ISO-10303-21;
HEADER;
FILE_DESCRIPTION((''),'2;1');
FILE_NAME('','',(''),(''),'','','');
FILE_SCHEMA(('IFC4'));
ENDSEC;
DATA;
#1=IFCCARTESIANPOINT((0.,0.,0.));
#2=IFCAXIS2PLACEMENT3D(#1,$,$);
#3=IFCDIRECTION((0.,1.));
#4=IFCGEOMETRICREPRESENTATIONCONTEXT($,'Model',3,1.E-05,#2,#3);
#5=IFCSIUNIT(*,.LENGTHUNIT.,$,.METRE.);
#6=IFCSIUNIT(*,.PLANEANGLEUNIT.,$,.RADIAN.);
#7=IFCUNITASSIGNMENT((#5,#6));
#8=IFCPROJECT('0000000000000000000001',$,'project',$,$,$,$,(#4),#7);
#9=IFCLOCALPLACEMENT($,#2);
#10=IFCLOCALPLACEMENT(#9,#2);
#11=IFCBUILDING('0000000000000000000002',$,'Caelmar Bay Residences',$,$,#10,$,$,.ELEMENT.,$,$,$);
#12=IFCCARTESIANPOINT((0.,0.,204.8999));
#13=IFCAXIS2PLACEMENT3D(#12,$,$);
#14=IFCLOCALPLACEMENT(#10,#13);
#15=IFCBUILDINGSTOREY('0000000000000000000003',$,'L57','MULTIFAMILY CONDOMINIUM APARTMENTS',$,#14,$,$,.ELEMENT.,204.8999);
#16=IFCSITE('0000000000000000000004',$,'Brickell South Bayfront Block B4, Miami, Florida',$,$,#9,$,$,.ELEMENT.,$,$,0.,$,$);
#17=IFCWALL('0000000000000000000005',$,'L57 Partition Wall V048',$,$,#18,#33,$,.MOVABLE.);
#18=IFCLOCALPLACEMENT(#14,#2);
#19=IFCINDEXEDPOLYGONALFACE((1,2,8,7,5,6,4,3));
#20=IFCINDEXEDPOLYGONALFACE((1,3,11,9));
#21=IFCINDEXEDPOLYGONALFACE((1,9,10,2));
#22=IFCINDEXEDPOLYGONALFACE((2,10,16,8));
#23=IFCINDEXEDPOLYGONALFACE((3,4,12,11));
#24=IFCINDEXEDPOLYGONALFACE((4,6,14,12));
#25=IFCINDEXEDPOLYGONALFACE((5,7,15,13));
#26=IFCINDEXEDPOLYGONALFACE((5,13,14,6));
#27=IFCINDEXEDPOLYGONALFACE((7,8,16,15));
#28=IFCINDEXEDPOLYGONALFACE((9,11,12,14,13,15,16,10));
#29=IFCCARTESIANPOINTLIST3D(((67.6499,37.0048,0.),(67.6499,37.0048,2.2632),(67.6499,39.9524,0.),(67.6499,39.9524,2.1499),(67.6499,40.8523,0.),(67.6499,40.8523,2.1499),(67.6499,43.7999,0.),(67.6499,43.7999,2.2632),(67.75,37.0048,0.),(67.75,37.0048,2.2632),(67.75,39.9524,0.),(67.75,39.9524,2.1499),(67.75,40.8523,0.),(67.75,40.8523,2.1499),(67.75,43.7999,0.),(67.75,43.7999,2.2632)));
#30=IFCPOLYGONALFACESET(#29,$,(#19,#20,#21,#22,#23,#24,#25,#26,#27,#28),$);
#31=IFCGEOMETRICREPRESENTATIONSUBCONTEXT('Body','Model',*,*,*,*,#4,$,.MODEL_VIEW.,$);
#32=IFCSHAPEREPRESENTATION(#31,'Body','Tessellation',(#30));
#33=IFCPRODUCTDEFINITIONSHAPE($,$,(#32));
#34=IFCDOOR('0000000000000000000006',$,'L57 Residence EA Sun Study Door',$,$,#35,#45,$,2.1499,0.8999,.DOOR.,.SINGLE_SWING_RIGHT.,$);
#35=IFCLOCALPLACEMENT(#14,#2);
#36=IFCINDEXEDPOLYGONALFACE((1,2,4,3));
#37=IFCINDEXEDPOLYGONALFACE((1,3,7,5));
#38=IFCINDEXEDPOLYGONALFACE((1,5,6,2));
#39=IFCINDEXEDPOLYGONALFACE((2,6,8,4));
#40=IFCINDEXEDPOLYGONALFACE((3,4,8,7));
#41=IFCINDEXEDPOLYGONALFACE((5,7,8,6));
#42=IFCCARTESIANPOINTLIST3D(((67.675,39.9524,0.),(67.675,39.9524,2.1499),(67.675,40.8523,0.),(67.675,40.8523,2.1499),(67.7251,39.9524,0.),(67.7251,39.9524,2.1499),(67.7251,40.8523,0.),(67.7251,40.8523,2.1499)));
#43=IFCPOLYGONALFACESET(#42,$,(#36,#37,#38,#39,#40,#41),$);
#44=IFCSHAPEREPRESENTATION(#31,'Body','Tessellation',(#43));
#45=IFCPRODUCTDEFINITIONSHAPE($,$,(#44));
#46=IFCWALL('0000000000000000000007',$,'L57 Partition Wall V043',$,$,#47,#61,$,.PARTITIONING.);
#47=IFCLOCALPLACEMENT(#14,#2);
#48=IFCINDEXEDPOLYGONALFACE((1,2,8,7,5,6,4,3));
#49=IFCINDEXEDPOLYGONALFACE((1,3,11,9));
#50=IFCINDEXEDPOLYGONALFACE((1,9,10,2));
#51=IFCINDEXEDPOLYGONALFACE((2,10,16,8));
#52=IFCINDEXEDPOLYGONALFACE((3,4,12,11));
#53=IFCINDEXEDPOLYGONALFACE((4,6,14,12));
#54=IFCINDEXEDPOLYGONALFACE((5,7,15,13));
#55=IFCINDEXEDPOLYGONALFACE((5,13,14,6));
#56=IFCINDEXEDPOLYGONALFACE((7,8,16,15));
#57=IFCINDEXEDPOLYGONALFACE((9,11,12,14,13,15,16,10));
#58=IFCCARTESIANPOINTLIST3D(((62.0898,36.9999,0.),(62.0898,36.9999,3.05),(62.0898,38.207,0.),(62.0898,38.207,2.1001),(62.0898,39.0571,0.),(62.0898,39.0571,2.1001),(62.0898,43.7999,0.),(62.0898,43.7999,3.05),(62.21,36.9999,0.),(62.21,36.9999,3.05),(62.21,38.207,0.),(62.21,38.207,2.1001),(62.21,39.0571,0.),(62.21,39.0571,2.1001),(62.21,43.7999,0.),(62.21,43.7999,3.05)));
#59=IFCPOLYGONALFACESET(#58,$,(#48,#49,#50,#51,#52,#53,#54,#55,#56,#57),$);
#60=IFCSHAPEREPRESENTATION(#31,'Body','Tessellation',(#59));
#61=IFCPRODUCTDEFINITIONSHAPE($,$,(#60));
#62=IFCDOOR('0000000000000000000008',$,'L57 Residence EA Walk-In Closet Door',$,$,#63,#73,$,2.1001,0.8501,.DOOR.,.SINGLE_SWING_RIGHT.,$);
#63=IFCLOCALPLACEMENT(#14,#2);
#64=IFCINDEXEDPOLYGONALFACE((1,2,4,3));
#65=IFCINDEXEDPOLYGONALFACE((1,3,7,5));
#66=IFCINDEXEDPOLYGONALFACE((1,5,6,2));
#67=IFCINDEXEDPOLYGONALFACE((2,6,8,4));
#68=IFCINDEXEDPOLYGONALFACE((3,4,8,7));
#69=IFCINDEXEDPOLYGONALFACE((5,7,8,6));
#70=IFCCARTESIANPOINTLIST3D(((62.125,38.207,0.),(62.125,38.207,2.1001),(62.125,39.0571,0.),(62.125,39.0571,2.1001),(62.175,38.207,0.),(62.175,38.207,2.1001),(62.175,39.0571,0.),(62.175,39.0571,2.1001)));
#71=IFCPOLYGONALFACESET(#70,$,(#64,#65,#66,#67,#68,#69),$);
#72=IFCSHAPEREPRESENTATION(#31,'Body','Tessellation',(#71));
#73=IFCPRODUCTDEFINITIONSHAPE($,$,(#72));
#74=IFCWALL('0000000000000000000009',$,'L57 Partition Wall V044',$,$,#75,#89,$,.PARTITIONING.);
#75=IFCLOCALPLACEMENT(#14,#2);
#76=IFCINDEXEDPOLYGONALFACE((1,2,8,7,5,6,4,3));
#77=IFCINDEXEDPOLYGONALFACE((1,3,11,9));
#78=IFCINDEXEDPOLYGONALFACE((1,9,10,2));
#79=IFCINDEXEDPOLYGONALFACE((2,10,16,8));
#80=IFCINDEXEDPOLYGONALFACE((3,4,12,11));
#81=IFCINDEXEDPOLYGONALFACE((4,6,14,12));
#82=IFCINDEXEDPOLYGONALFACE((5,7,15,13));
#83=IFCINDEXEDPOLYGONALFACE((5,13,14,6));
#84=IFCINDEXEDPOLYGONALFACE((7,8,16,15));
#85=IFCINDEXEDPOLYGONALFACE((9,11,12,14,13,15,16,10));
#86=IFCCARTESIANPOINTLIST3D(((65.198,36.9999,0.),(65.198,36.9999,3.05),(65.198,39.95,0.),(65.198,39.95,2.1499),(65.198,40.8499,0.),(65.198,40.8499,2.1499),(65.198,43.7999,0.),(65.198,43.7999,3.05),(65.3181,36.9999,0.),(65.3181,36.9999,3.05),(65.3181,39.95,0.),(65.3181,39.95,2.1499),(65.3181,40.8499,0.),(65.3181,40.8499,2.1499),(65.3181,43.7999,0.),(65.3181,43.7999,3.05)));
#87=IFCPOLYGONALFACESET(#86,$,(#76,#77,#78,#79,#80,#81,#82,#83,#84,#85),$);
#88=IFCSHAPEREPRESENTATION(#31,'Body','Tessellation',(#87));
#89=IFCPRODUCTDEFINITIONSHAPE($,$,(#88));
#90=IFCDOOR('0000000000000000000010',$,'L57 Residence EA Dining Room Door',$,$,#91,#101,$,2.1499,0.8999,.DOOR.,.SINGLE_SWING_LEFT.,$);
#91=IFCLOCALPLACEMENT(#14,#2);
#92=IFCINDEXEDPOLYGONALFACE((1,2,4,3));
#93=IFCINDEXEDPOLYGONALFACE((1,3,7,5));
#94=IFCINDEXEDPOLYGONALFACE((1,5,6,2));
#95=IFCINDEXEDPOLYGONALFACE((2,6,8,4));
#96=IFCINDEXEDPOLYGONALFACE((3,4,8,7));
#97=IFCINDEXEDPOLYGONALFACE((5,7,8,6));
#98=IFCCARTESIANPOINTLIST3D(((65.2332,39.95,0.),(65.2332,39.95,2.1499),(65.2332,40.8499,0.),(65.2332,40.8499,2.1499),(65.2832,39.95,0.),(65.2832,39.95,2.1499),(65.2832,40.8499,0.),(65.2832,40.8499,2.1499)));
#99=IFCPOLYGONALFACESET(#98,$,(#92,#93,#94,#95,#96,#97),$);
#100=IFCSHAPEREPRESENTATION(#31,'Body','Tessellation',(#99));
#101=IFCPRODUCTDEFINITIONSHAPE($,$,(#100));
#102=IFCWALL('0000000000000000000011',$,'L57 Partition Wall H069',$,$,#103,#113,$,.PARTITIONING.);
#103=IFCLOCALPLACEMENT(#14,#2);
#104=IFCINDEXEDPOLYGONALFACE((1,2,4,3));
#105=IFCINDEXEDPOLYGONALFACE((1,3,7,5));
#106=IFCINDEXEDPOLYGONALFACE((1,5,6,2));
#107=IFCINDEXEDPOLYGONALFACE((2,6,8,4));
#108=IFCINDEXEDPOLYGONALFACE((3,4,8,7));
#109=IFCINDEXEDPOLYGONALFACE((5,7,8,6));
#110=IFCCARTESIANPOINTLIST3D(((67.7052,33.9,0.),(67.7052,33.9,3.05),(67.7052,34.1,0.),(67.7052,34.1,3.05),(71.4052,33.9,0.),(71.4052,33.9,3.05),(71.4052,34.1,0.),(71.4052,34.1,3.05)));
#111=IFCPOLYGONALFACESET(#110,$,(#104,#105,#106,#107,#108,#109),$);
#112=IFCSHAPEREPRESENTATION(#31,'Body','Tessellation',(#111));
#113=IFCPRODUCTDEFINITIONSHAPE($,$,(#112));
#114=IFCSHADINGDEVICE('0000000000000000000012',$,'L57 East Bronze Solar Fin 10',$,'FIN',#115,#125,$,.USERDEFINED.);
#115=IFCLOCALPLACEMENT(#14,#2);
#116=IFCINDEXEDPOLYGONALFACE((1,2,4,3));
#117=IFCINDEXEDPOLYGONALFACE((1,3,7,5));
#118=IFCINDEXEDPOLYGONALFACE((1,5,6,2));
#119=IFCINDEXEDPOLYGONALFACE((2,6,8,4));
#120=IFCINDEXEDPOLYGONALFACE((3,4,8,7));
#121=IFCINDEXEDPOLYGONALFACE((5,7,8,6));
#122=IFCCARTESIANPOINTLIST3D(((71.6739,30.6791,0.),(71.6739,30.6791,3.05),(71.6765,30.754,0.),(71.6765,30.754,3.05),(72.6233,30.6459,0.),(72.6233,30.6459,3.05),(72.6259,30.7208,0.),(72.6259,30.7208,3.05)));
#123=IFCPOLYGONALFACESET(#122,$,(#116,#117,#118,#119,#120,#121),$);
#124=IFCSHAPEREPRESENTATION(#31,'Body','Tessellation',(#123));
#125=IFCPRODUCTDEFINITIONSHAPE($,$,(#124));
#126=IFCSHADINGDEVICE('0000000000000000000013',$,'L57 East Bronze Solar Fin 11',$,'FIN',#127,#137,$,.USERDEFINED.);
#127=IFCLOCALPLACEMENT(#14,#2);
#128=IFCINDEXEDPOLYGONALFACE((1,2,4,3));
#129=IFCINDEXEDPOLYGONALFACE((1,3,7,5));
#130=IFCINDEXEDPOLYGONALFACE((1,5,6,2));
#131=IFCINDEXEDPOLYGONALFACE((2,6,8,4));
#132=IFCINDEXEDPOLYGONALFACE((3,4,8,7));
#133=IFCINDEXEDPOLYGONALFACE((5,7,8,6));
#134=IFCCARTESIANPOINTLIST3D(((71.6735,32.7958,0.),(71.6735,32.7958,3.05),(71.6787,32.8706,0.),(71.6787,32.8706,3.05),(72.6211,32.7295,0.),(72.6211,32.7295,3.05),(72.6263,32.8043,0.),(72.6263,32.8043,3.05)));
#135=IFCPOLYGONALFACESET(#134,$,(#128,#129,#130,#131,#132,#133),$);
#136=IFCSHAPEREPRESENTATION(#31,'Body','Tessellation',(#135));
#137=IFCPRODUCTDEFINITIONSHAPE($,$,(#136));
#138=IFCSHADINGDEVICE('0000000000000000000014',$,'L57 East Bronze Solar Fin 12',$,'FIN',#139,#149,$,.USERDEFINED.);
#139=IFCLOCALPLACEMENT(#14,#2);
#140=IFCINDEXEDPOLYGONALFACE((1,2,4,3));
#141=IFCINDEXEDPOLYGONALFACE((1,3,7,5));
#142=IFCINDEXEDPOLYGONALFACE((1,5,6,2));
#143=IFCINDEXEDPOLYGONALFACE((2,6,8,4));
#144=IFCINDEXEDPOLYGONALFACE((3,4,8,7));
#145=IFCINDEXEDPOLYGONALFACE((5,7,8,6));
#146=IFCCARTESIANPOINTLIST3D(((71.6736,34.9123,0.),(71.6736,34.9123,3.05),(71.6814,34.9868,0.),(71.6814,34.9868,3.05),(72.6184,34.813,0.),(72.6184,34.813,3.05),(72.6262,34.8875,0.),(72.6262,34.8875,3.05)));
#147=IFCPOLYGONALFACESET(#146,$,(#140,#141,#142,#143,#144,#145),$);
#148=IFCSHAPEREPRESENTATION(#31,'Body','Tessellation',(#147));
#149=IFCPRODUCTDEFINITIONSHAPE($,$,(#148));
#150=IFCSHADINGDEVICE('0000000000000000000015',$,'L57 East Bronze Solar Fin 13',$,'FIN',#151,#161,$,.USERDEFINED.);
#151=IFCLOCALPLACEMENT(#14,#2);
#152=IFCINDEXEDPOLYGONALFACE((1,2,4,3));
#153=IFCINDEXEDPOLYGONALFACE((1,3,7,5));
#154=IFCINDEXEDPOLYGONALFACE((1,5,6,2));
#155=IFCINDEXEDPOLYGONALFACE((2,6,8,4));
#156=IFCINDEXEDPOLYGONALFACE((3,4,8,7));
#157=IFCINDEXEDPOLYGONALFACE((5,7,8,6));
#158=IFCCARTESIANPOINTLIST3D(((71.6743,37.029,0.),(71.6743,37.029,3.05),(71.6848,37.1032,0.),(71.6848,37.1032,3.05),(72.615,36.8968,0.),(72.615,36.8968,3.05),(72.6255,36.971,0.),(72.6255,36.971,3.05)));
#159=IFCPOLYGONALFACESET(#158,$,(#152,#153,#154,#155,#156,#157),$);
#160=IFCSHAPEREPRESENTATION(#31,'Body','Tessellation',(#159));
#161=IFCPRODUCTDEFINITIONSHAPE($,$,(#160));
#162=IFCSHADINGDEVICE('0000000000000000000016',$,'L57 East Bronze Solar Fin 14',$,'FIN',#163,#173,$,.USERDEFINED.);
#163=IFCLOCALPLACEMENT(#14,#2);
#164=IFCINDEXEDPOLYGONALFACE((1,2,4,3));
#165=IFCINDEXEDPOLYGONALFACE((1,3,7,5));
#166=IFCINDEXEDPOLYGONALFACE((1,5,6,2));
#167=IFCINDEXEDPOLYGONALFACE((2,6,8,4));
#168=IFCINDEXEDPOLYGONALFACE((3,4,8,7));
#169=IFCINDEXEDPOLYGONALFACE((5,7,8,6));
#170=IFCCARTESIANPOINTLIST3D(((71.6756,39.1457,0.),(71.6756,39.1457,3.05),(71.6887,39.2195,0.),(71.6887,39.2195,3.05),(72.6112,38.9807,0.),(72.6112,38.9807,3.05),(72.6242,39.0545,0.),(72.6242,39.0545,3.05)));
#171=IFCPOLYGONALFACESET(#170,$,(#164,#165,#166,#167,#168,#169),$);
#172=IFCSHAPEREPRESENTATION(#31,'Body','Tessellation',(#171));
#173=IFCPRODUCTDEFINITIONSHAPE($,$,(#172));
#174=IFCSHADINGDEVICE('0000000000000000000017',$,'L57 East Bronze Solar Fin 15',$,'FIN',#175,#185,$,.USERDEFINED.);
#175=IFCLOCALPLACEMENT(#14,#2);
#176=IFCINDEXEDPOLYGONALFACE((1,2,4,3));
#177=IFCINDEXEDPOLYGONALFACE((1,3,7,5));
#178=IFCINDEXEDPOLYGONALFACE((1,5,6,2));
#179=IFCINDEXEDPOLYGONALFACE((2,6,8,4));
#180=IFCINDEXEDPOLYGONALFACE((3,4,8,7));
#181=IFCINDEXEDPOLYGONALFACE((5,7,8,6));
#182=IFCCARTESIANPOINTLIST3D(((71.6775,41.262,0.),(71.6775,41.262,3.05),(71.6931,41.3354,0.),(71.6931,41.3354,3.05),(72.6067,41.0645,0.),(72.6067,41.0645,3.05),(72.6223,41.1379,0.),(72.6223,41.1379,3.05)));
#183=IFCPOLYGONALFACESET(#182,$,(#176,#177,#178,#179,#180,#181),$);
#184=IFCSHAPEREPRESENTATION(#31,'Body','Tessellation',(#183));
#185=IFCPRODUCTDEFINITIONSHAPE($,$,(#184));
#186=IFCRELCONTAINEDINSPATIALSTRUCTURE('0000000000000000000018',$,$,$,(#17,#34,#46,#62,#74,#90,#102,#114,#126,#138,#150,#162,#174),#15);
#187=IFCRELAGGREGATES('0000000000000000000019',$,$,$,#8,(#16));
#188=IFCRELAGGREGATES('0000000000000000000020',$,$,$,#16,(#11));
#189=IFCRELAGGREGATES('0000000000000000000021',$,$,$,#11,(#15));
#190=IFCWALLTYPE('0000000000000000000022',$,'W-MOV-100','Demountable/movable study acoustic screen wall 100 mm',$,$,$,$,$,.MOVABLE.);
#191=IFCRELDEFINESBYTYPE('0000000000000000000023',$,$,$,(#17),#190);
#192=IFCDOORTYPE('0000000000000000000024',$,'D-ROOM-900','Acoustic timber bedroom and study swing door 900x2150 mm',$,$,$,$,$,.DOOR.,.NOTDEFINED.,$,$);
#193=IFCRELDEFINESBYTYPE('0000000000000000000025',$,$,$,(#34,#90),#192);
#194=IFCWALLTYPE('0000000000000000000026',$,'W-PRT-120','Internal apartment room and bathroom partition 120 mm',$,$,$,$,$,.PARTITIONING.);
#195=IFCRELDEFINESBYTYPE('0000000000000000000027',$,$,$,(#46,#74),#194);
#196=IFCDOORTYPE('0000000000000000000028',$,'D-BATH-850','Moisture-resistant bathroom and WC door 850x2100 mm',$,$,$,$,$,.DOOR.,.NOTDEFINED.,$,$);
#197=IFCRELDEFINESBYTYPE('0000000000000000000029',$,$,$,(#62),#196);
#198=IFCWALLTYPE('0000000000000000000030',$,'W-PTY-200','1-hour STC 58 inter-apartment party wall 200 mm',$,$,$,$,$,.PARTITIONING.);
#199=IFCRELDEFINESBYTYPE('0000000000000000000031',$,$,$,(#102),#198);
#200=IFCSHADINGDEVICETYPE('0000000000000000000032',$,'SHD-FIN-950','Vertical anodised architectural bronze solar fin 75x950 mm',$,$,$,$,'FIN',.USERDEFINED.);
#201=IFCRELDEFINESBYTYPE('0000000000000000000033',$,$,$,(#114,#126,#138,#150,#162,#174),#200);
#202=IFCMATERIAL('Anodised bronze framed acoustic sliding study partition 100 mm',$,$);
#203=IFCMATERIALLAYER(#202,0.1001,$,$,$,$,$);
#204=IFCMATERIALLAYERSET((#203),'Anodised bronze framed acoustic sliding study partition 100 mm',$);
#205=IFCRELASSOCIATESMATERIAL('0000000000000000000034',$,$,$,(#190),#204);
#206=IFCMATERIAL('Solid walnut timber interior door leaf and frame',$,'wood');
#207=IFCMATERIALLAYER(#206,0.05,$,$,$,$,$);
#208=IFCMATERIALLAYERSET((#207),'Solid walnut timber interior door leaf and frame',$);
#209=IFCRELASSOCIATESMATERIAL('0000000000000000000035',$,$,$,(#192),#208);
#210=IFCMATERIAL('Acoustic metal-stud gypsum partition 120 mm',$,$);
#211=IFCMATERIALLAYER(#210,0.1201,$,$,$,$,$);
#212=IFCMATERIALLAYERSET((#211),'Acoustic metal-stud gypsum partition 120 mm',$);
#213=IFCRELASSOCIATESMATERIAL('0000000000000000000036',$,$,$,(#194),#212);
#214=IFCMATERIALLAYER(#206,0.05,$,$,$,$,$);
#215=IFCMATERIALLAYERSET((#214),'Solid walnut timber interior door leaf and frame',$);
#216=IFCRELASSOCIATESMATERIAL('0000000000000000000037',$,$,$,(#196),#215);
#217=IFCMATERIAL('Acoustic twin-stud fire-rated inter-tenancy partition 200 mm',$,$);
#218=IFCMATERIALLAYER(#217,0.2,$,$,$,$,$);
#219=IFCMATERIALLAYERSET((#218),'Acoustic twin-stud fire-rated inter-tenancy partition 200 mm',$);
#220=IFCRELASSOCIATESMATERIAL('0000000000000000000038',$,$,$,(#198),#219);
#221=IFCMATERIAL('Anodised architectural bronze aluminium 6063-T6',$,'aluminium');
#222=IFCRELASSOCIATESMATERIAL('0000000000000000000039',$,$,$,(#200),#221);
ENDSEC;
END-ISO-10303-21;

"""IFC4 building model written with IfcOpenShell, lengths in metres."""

from ifc_helpers import new_model, si_unit, direction, frame, frame_2d, origin, origin_2d, place, context, subcontext, project, spatial, rectangle, extrude, material, layer, layer_set, material_profile, profile_set, type_object, element, fill, save


model = new_model("IFC4")

# Units and contexts
model_context = context("Model", 3, precision=1e-05, world=origin(), true_north=direction((0.0, 1.0)))
body_context = subcontext(model_context, "Body", "Model", "MODEL_VIEW")
ifc_project = project(units=[si_unit("LENGTHUNIT", "METRE"), si_unit("PLANEANGLEUNIT", "RADIAN")], contexts=[model_context])

# Site, building, storey
site_placement = place(None, origin())
site = spatial("IfcSite", under=ifc_project, at=site_placement, Name="Brickell South Bayfront Block B4, Miami, Florida", CompositionType="ELEMENT", RefElevation=0.0)
building_placement = place(site_placement, origin())
building = spatial("IfcBuilding", under=site, at=building_placement, Name="Caelmar Bay Residences", CompositionType="ELEMENT")
storey_placement = place(building_placement, frame((0.0, 0.0, 204.8999)))
storey = spatial("IfcBuildingStorey", under=building, at=storey_placement, Name="L57", Description="MULTIFAMILY CONDOMINIUM APARTMENTS", CompositionType="ELEMENT", Elevation=204.8999)

# Walls, openings, doors
ifc_material_1 = material(Name="Anodised bronze framed acoustic sliding study partition 100 mm")
ifc_layer_1 = layer(ifc_material_1, 0.1001)
ifc_layer_set_1 = layer_set([ifc_layer_1], Name="Anodised bronze framed acoustic sliding study partition 100 mm")
wall_type_1 = type_object("IfcWallType", Name="W-MOV-100", Description="Demountable/movable study acoustic screen wall 100 mm", PredefinedType="MOVABLE", material=ifc_layer_set_1)
wall_1_placement = place(storey_placement, frame((67.7, 37.0049, 0.0), z_axis=(0.0, 0.0, 1.0), x_axis=(0.0, 1.0, 0.0)))
wall_1 = element("IfcWall", 1, at=wall_1_placement, inside=storey, type_object=wall_type_1, Name="L57 Partition Wall V048", PredefinedType="MOVABLE", context=body_context, shape_type="SweptSolid", body=[
    extrude(rectangle(XDim=6.7952, YDim=0.1001, at=frame_2d((3.3975, 0.0))), origin(), (0.0, 0.0, 1.0), 2.2632),
])
opening_1_placement = place(wall_1_placement, frame((2.9475, 0.0, 0.0)))
opening_1 = element("IfcOpeningElement", 2, at=opening_1_placement, cuts=wall_1, PredefinedType="OPENING", context=body_context, shape_type="SweptSolid", body=[
    extrude(rectangle(XDim=0.8999, YDim=2.1499, at=frame_2d((0.45, 1.075))), frame((0.0, 0.0601, 0.0), z_axis=(0.0, -1.0, 0.0), x_axis=(1.0, 0.0, 0.0)), (0.0, 0.0, 1.0), 0.1201),
])
ifc_material_2 = material(Name="Solid walnut timber interior door leaf and frame", Category="wood")
ifc_layer_2 = layer(ifc_material_2, 0.05)
ifc_layer_set_2 = layer_set([ifc_layer_2], Name="Solid walnut timber interior door leaf and frame")
door_type_1 = type_object("IfcDoorType", Name="D-ROOM-900", Description="Acoustic timber bedroom and study swing door 900x2150 mm", OperationType="NOTDEFINED", PredefinedType="DOOR", material=ifc_layer_set_2)
door_1_placement = place(opening_1_placement, origin())
door_1 = element("IfcDoor", 3, at=door_1_placement, inside=storey, type_object=door_type_1, Name="L57 Residence EA Sun Study Door", OperationType="SINGLE_SWING_RIGHT", OverallHeight=2.1499, OverallWidth=0.8999, PredefinedType="DOOR", context=body_context, shape_type="SweptSolid", body=[
    extrude(rectangle(XDim=0.8999, YDim=2.1499, at=frame_2d((0.45, 1.075))), frame((0.0, 0.0249, 0.0), z_axis=(0.0, -1.0, 0.0), x_axis=(1.0, 0.0, 0.0)), (0.0, 0.0, 1.0), 0.05),
])
fill(opening_1, door_1)
ifc_material_3 = material(Name="Acoustic metal-stud gypsum partition 120 mm")
ifc_layer_3 = layer(ifc_material_3, 0.1201)
ifc_layer_set_3 = layer_set([ifc_layer_3], Name="Acoustic metal-stud gypsum partition 120 mm")
wall_type_2 = type_object("IfcWallType", Name="W-PRT-120", Description="Internal apartment room and bathroom partition 120 mm", PredefinedType="PARTITIONING", material=ifc_layer_set_3)
wall_2_placement = place(storey_placement, frame((62.1499, 37.0, 0.0), z_axis=(0.0, 0.0, 1.0), x_axis=(0.0, 1.0, 0.0)))
wall_2 = element("IfcWall", 4, at=wall_2_placement, inside=storey, type_object=wall_type_2, Name="L57 Partition Wall V043", PredefinedType="PARTITIONING", context=body_context, shape_type="SweptSolid", body=[
    extrude(rectangle(XDim=6.8, YDim=0.1201, at=frame_2d((3.3999, 0.0))), origin(), (0.0, 0.0, 1.0), 3.05),
])
opening_2_placement = place(wall_2_placement, frame((1.207, 0.0, 0.0)))
opening_2 = element("IfcOpeningElement", 5, at=opening_2_placement, cuts=wall_2, PredefinedType="OPENING", context=body_context, shape_type="SweptSolid", body=[
    extrude(rectangle(XDim=0.8501, YDim=2.1001, at=frame_2d((0.425, 1.05))), frame((0.0, 0.0701, 0.0), z_axis=(0.0, -1.0, 0.0), x_axis=(1.0, 0.0, 0.0)), (0.0, 0.0, 1.0), 0.1401),
])
ifc_layer_4 = layer(ifc_material_2, 0.05)
ifc_layer_set_4 = layer_set([ifc_layer_4], Name="Solid walnut timber interior door leaf and frame")
door_type_2 = type_object("IfcDoorType", Name="D-BATH-850", Description="Moisture-resistant bathroom and WC door 850x2100 mm", OperationType="NOTDEFINED", PredefinedType="DOOR", material=ifc_layer_set_4)
door_2_placement = place(opening_2_placement, origin())
door_2 = element("IfcDoor", 6, at=door_2_placement, inside=storey, type_object=door_type_2, Name="L57 Residence EA Walk-In Closet Door", OperationType="SINGLE_SWING_RIGHT", OverallHeight=2.1001, OverallWidth=0.8501, PredefinedType="DOOR", context=body_context, shape_type="SweptSolid", body=[
    extrude(rectangle(XDim=0.8501, YDim=2.1001, at=frame_2d((0.425, 1.05))), frame((0.0, 0.0249, 0.0), z_axis=(0.0, -1.0, 0.0), x_axis=(1.0, 0.0, 0.0)), (0.0, 0.0, 1.0), 0.05),
])
fill(opening_2, door_2)
wall_3_placement = place(storey_placement, frame((65.2581, 37.0, 0.0), z_axis=(0.0, 0.0, 1.0), x_axis=(0.0, 1.0, 0.0)))
wall_3 = element("IfcWall", 7, at=wall_3_placement, inside=storey, type_object=wall_type_2, Name="L57 Partition Wall V044", PredefinedType="PARTITIONING", context=body_context, shape_type="SweptSolid", body=[
    extrude(rectangle(XDim=6.8, YDim=0.1201, at=frame_2d((3.3999, 0.0))), origin(), (0.0, 0.0, 1.0), 3.05),
])
opening_3_placement = place(wall_3_placement, frame((2.95, 0.0, 0.0)))
opening_3 = element("IfcOpeningElement", 8, at=opening_3_placement, cuts=wall_3, PredefinedType="OPENING", context=body_context, shape_type="SweptSolid", body=[
    extrude(rectangle(XDim=0.8999, YDim=2.1499, at=frame_2d((0.45, 1.075))), frame((0.0, 0.0701, 0.0), z_axis=(0.0, -1.0, 0.0), x_axis=(1.0, 0.0, 0.0)), (0.0, 0.0, 1.0), 0.1401),
])
door_3_placement = place(opening_3_placement, origin())
door_3 = element("IfcDoor", 9, at=door_3_placement, inside=storey, type_object=door_type_1, Name="L57 Residence EA Dining Room Door", OperationType="SINGLE_SWING_LEFT", OverallHeight=2.1499, OverallWidth=0.8999, PredefinedType="DOOR", context=body_context, shape_type="SweptSolid", body=[
    extrude(rectangle(XDim=0.8999, YDim=2.1499, at=frame_2d((0.45, 1.075))), frame((0.0, 0.0249, 0.0), z_axis=(0.0, -1.0, 0.0), x_axis=(1.0, 0.0, 0.0)), (0.0, 0.0, 1.0), 0.05),
])
fill(opening_3, door_3)

# Wall
ifc_material_4 = material(Name="Acoustic twin-stud fire-rated inter-tenancy partition 200 mm")
ifc_layer_5 = layer(ifc_material_4, 0.2)
ifc_layer_set_5 = layer_set([ifc_layer_5], Name="Acoustic twin-stud fire-rated inter-tenancy partition 200 mm")
wall_type_3 = type_object("IfcWallType", Name="W-PTY-200", Description="1-hour STC 58 inter-apartment party wall 200 mm", PredefinedType="PARTITIONING", material=ifc_layer_set_5)
wall_4_placement = place(storey_placement, frame((67.7051, 34.0, 0.0), z_axis=(0.0, 0.0, 1.0), x_axis=(1.0, 0.0, 0.0)))
element("IfcWall", 10, at=wall_4_placement, inside=storey, type_object=wall_type_3, Name="L57 Partition Wall H069", PredefinedType="PARTITIONING", context=body_context, shape_type="SweptSolid", body=[
    extrude(rectangle(XDim=3.7, YDim=0.2, at=frame_2d((1.8501, 0.0))), origin(), (0.0, 0.0, 1.0), 3.05),
])

# Shading devices
ifc_material_5 = material(Name="Anodised architectural bronze aluminium 6063-T6", Category="aluminium")
ifc_material_profile_1 = material_profile(ifc_material_5, rectangle(XDim=0.075, YDim=0.95, at=origin_2d()), Name="BRONZE-FIN-75X950")
ifc_profile_set_1 = profile_set([ifc_material_profile_1], Name="Anodised architectural bronze aluminium 6063-T6")
shading_device_type = type_object("IfcShadingDeviceType", Name="SHD-FIN-950", Description="Vertical anodised architectural bronze solar fin 75x950 mm", ElementType="FIN", PredefinedType="USERDEFINED", material=ifc_profile_set_1)
for number, where, z_axis, x_axis, name in (
    (11, (72.1499, 30.7, 0.0), (0.0, 0.0, 1.0), (0.034899, 0.999391, 0.0), "L57 East Bronze Solar Fin 10"),
    (12, (72.1499, 32.8, 0.0), (0.0, 0.0, 1.0), (0.069756, 0.997564, 0.0), "L57 East Bronze Solar Fin 11"),
    (13, (72.1499, 34.8999, 0.0), (0.0, 0.0, 1.0), (0.104528, 0.994522, 0.0), "L57 East Bronze Solar Fin 12"),
    (14, (72.1499, 37.0, 0.0), (0.0, 0.0, 1.0), (0.139173, 0.990268, 0.0), "L57 East Bronze Solar Fin 13"),
    (15, (72.1499, 39.1001, 0.0), (0.0, 0.0, 1.0), (0.173648, 0.984808, 0.0), "L57 East Bronze Solar Fin 14"),
    (16, (72.1499, 41.2, 0.0), (0.0, 0.0, 1.0), (0.207912, 0.978148, 0.0), "L57 East Bronze Solar Fin 15"),
):
    element("IfcShadingDevice", number, at=place(storey_placement, frame(where, z_axis=z_axis, x_axis=x_axis)), inside=storey, type_object=shading_device_type, Name=name, ObjectType="FIN", PredefinedType="USERDEFINED", context=body_context, shape_type="SweptSolid", body=[
        extrude(rectangle(XDim=0.075, YDim=0.95, at=origin_2d()), origin(), (0.0, 0.0, 1.0), 3.05),
    ])

save(model, "model.ifc")
